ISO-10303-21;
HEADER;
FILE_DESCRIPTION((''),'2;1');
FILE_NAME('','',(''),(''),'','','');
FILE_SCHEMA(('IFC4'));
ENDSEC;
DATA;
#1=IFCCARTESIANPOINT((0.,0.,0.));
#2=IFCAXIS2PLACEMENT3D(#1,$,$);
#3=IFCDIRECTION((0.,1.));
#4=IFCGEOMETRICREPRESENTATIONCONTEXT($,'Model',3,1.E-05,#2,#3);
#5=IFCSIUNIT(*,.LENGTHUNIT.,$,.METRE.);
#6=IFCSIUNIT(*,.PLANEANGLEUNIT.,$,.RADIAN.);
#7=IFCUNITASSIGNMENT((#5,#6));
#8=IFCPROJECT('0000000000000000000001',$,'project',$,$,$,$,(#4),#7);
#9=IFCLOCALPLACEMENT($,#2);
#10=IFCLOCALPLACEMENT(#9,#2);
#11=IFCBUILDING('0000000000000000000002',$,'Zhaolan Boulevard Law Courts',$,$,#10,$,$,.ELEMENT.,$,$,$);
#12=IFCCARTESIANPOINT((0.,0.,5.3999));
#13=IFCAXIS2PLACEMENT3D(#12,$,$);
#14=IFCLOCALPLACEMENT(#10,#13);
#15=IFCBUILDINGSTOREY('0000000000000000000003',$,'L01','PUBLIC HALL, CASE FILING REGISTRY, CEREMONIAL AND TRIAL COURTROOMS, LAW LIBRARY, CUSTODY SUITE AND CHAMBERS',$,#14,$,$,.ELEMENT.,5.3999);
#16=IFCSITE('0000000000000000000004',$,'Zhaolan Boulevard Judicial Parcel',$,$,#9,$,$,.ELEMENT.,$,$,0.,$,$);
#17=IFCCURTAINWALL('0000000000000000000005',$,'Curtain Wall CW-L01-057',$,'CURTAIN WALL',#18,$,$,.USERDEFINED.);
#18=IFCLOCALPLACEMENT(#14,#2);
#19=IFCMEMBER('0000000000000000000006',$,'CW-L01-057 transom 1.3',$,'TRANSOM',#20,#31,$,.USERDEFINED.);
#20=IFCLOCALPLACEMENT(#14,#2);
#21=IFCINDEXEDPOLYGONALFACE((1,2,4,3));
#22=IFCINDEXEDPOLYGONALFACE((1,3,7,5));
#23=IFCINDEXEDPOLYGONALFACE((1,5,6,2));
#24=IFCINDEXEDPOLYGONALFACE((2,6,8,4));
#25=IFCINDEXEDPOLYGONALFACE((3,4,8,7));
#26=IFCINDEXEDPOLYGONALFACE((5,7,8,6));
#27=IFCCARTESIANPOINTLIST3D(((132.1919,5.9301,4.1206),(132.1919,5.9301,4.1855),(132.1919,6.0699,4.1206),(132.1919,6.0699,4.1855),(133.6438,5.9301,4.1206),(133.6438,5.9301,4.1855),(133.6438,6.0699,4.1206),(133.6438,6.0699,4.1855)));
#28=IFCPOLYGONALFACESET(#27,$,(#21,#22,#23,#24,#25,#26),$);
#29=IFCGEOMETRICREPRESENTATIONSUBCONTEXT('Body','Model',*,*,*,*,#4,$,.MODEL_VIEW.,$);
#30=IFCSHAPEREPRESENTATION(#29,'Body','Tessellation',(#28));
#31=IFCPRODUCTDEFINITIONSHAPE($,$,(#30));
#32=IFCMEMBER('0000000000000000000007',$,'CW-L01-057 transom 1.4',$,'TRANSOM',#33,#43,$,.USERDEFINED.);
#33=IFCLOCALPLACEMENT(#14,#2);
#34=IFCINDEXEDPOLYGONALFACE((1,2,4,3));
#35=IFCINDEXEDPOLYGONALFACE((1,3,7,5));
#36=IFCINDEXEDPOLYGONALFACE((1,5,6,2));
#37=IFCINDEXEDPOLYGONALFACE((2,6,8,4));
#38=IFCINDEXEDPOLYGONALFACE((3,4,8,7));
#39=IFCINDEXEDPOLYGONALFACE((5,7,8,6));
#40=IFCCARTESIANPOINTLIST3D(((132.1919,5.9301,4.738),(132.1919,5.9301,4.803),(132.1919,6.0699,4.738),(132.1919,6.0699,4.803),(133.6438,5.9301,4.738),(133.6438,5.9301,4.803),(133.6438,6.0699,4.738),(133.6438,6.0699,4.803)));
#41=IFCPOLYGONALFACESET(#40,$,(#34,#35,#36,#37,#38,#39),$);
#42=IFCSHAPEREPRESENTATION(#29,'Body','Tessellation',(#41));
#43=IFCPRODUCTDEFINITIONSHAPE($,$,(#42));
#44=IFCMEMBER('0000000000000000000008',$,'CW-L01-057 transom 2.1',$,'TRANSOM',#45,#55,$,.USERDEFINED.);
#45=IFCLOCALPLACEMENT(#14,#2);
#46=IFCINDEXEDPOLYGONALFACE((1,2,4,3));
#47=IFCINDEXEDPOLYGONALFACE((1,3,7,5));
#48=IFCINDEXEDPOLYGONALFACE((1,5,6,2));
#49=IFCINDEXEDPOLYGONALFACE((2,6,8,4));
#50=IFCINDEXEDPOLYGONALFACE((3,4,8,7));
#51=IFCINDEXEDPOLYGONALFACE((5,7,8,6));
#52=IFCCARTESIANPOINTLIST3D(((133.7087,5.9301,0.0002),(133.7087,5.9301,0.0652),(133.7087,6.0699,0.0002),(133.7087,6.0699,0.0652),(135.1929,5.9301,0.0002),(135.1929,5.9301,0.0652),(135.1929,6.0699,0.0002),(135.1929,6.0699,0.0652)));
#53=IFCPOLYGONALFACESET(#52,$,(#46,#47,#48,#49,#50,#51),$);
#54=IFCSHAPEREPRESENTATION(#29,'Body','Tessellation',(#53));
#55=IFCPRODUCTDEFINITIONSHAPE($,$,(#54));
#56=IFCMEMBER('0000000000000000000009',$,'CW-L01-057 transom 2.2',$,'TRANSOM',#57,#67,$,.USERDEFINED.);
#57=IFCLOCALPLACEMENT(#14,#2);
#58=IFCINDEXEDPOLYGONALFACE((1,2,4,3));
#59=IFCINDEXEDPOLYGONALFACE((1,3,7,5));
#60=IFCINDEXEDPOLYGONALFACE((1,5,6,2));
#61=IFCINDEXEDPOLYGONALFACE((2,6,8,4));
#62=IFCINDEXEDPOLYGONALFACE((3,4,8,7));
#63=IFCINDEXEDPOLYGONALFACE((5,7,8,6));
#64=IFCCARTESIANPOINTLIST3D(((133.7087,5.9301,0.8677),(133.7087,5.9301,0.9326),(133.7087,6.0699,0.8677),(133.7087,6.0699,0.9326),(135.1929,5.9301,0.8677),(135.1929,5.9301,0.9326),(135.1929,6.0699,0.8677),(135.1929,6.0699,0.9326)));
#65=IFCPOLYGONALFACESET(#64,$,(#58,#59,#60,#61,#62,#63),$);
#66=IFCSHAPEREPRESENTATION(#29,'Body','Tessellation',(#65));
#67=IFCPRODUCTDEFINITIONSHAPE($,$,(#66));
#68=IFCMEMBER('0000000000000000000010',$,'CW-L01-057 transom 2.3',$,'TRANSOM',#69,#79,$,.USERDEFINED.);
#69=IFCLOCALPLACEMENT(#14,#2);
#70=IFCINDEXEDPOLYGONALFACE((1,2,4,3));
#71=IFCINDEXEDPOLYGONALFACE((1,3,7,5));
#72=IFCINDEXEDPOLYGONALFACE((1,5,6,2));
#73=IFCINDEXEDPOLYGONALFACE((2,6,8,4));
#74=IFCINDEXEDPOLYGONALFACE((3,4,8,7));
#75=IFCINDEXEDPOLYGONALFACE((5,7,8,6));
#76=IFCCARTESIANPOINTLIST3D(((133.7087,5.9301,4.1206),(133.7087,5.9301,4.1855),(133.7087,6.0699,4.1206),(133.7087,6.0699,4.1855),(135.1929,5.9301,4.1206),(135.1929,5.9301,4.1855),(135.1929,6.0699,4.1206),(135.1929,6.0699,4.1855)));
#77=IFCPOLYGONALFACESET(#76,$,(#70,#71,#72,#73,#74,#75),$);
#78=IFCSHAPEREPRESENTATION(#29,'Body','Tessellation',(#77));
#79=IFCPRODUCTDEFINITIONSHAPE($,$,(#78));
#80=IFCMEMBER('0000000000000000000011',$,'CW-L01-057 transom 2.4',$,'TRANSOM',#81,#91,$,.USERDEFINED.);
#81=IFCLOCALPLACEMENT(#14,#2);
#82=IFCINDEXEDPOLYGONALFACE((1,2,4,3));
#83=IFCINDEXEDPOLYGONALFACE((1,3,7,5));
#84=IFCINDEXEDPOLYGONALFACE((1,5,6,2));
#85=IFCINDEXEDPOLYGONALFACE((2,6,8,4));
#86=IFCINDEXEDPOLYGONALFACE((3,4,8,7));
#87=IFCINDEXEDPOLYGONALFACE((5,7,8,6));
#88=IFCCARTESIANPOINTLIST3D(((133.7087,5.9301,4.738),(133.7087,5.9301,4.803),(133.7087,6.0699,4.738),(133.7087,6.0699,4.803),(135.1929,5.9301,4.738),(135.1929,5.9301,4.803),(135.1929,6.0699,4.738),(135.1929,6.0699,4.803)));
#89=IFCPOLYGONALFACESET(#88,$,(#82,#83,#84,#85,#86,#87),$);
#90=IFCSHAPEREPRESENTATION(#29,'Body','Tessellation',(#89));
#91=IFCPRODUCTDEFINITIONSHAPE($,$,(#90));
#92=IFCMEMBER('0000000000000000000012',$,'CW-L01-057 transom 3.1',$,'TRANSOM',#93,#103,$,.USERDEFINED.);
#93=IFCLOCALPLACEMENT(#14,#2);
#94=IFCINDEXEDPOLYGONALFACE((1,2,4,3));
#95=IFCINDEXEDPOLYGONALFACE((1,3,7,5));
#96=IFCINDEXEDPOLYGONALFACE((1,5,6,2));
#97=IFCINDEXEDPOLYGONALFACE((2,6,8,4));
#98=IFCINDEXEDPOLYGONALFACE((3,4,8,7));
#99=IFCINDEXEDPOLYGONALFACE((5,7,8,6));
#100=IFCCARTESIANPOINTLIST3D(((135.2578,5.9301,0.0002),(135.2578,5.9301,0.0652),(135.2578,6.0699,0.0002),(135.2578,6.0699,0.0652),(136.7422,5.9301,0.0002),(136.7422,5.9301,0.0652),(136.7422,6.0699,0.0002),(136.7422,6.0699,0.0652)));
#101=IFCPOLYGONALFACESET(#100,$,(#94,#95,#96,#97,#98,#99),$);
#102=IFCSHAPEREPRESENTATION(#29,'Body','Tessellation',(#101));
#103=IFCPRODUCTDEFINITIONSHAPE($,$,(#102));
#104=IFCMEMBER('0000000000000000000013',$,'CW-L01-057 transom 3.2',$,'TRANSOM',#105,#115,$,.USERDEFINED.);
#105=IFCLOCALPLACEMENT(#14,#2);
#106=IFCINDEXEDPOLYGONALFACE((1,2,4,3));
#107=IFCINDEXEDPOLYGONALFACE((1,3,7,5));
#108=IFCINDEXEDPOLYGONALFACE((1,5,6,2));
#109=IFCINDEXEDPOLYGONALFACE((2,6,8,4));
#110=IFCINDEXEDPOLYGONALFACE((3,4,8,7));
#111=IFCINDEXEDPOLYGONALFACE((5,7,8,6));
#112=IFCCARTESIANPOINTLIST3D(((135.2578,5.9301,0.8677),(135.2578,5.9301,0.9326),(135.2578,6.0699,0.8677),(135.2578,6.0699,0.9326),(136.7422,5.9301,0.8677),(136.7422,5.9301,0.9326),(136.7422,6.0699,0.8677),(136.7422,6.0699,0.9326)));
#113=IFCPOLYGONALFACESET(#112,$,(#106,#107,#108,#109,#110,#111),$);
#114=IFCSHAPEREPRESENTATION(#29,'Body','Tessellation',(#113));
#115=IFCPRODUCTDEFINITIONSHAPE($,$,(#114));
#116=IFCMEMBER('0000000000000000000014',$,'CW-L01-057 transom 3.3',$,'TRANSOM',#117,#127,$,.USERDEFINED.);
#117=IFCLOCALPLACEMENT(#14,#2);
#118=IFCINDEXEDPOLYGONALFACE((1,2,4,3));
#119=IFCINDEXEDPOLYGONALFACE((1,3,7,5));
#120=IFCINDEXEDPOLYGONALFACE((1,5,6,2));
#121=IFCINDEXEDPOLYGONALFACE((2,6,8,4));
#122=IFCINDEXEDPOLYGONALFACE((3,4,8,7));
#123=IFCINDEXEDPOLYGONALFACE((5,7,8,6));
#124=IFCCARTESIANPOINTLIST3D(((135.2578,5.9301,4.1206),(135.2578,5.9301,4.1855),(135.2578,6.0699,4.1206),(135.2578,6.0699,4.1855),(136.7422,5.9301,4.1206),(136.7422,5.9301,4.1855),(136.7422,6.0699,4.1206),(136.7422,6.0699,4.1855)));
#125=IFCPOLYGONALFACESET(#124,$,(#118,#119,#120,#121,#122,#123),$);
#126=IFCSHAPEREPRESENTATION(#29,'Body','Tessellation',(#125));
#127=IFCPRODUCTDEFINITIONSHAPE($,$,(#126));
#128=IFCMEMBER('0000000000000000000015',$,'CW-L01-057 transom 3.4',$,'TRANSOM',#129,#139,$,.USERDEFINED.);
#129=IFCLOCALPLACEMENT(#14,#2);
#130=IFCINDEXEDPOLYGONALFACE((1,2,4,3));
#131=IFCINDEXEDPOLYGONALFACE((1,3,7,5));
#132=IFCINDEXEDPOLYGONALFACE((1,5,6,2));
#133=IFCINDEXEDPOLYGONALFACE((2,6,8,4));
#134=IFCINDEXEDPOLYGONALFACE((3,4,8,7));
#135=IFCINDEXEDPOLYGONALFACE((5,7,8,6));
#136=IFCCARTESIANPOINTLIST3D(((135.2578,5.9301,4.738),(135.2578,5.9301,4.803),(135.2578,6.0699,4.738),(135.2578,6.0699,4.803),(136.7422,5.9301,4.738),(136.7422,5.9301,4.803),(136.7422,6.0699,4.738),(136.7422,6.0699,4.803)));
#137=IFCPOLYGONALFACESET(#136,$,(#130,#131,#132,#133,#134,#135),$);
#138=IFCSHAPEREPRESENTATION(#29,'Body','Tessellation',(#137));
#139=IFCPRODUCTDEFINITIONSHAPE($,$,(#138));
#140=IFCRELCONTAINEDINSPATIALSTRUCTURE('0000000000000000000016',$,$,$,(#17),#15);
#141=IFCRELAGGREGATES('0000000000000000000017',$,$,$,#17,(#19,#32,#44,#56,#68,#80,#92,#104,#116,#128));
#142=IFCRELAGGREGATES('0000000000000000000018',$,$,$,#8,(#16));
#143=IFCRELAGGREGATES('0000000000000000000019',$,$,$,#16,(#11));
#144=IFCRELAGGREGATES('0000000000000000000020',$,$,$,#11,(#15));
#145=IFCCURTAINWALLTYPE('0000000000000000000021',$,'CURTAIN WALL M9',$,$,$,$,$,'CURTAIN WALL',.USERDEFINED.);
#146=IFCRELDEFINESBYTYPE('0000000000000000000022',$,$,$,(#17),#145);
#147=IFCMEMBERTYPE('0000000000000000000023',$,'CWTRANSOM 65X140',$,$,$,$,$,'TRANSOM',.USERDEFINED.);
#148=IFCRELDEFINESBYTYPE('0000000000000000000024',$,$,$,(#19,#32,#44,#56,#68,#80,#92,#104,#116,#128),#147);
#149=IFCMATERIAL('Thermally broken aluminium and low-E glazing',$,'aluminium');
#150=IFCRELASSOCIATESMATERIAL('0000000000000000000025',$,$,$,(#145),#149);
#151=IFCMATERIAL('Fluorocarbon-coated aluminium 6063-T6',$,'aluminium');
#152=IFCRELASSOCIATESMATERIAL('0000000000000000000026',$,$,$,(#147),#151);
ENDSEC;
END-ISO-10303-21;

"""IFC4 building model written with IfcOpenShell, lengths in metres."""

from ifc_helpers import new_model, si_unit, direction, frame, origin, origin_2d, place, context, subcontext, project, spatial, rectangle, extrude, material, material_profile, profile_set, type_object, element, aggregate, save


model = new_model("IFC4")

# Units and contexts
model_context = context("Model", 3, precision=1e-05, world=origin(), true_north=direction((0.0, 1.0)))
body_context = subcontext(model_context, "Body", "Model", "MODEL_VIEW")
ifc_project = project(units=[si_unit("LENGTHUNIT", "METRE"), si_unit("PLANEANGLEUNIT", "RADIAN")], contexts=[model_context])

# Site, building, storey
site_placement = place(None, origin())
site = spatial("IfcSite", under=ifc_project, at=site_placement, Name="Zhaolan Boulevard Judicial Parcel", CompositionType="ELEMENT", RefElevation=0.0)
building_placement = place(site_placement, origin())
building = spatial("IfcBuilding", under=site, at=building_placement, Name="Zhaolan Boulevard Law Courts", CompositionType="ELEMENT")
storey_placement = place(building_placement, frame((0.0, 0.0, 5.3999)))
storey = spatial("IfcBuildingStorey", under=building, at=storey_placement, Name="L01", Description="PUBLIC HALL, CASE FILING REGISTRY, CEREMONIAL AND TRIAL COURTROOMS, LAW LIBRARY, CUSTODY SUITE AND CHAMBERS", CompositionType="ELEMENT", Elevation=5.3999)

# Curtain wall
ifc_material_1 = material(Name="Thermally broken aluminium and low-E glazing", Category="aluminium")
curtain_wall_type_1 = type_object("IfcCurtainWallType", Name="CURTAIN WALL M9", ElementType="CURTAIN WALL", PredefinedType="USERDEFINED", material=ifc_material_1)
curtain_wall_1_placement = place(storey_placement, origin())
curtain_wall_1 = element("IfcCurtainWall", 1, at=curtain_wall_1_placement, inside=storey, type_object=curtain_wall_type_1, Name="Curtain Wall CW-L01-057", ObjectType="CURTAIN WALL", PredefinedType="USERDEFINED")

# Members
ifc_material_2 = material(Name="Fluorocarbon-coated aluminium 6063-T6", Category="aluminium")
ifc_material_profile_1 = material_profile(ifc_material_2, rectangle(XDim=0.1399, YDim=0.0649, at=origin_2d()), Name="AL65x140")
ifc_profile_set_1 = profile_set([ifc_material_profile_1], Name="Fluorocarbon-coated aluminium 6063-T6")
member_type_1 = type_object("IfcMemberType", Name="CWTRANSOM 65X140", ElementType="TRANSOM", PredefinedType="USERDEFINED", material=ifc_profile_set_1)
member_1_placement = place(storey_placement, frame((132.1919, 6.0, 4.1531), z_axis=(1.0, 0.0, 0.0), x_axis=(0.0, 1.0, 0.0)))
member_1 = element("IfcMember", 2, at=member_1_placement, type_object=member_type_1, Name="CW-L01-057 transom 1.3", ObjectType="TRANSOM", PredefinedType="USERDEFINED", context=body_context, shape_type="SweptSolid", body=[
    extrude(rectangle(XDim=0.1399, YDim=0.0649, at=origin_2d()), origin(), (0.0, 0.0, 1.0), 1.4519),
])
member_2_placement = place(storey_placement, frame((132.1919, 6.0, 4.7705), z_axis=(1.0, 0.0, 0.0), x_axis=(0.0, 1.0, 0.0)))
member_2 = element("IfcMember", 3, at=member_2_placement, type_object=member_type_1, Name="CW-L01-057 transom 1.4", ObjectType="TRANSOM", PredefinedType="USERDEFINED", context=body_context, shape_type="SweptSolid", body=[
    extrude(rectangle(XDim=0.1399, YDim=0.0649, at=origin_2d()), origin(), (0.0, 0.0, 1.0), 1.4519),
])
member_3_placement = place(storey_placement, frame((133.7087, 6.0, 0.0327), z_axis=(1.0, 0.0, 0.0), x_axis=(0.0, 1.0, 0.0)))
member_3 = element("IfcMember", 4, at=member_3_placement, type_object=member_type_1, Name="CW-L01-057 transom 2.1", ObjectType="TRANSOM", PredefinedType="USERDEFINED", context=body_context, shape_type="SweptSolid", body=[
    extrude(rectangle(XDim=0.1399, YDim=0.0649, at=origin_2d()), origin(), (0.0, 0.0, 1.0), 1.4841),
])
member_4_placement = place(storey_placement, frame((133.7087, 6.0, 0.9001), z_axis=(1.0, 0.0, 0.0), x_axis=(0.0, 1.0, 0.0)))
member_4 = element("IfcMember", 5, at=member_4_placement, type_object=member_type_1, Name="CW-L01-057 transom 2.2", ObjectType="TRANSOM", PredefinedType="USERDEFINED", context=body_context, shape_type="SweptSolid", body=[
    extrude(rectangle(XDim=0.1399, YDim=0.0649, at=origin_2d()), origin(), (0.0, 0.0, 1.0), 1.4841),
])
member_5_placement = place(storey_placement, frame((133.7087, 6.0, 4.1531), z_axis=(1.0, 0.0, 0.0), x_axis=(0.0, 1.0, 0.0)))
member_5 = element("IfcMember", 6, at=member_5_placement, type_object=member_type_1, Name="CW-L01-057 transom 2.3", ObjectType="TRANSOM", PredefinedType="USERDEFINED", context=body_context, shape_type="SweptSolid", body=[
    extrude(rectangle(XDim=0.1399, YDim=0.0649, at=origin_2d()), origin(), (0.0, 0.0, 1.0), 1.4841),
])
member_6_placement = place(storey_placement, frame((133.7087, 6.0, 4.7705), z_axis=(1.0, 0.0, 0.0), x_axis=(0.0, 1.0, 0.0)))
member_6 = element("IfcMember", 7, at=member_6_placement, type_object=member_type_1, Name="CW-L01-057 transom 2.4", ObjectType="TRANSOM", PredefinedType="USERDEFINED", context=body_context, shape_type="SweptSolid", body=[
    extrude(rectangle(XDim=0.1399, YDim=0.0649, at=origin_2d()), origin(), (0.0, 0.0, 1.0), 1.4841),
])
member_7_placement = place(storey_placement, frame((135.2578, 6.0, 0.0327), z_axis=(1.0, 0.0, 0.0), x_axis=(0.0, 1.0, 0.0)))
member_7 = element("IfcMember", 8, at=member_7_placement, type_object=member_type_1, Name="CW-L01-057 transom 3.1", ObjectType="TRANSOM", PredefinedType="USERDEFINED", context=body_context, shape_type="SweptSolid", body=[
    extrude(rectangle(XDim=0.1399, YDim=0.0649, at=origin_2d()), origin(), (0.0, 0.0, 1.0), 1.4844),
])
member_8_placement = place(storey_placement, frame((135.2578, 6.0, 0.9001), z_axis=(1.0, 0.0, 0.0), x_axis=(0.0, 1.0, 0.0)))
member_8 = element("IfcMember", 9, at=member_8_placement, type_object=member_type_1, Name="CW-L01-057 transom 3.2", ObjectType="TRANSOM", PredefinedType="USERDEFINED", context=body_context, shape_type="SweptSolid", body=[
    extrude(rectangle(XDim=0.1399, YDim=0.0649, at=origin_2d()), origin(), (0.0, 0.0, 1.0), 1.4844),
])
member_9_placement = place(storey_placement, frame((135.2578, 6.0, 4.1531), z_axis=(1.0, 0.0, 0.0), x_axis=(0.0, 1.0, 0.0)))
member_9 = element("IfcMember", 10, at=member_9_placement, type_object=member_type_1, Name="CW-L01-057 transom 3.3", ObjectType="TRANSOM", PredefinedType="USERDEFINED", context=body_context, shape_type="SweptSolid", body=[
    extrude(rectangle(XDim=0.1399, YDim=0.0649, at=origin_2d()), origin(), (0.0, 0.0, 1.0), 1.4844),
])
member_10_placement = place(storey_placement, frame((135.2578, 6.0, 4.7705), z_axis=(1.0, 0.0, 0.0), x_axis=(0.0, 1.0, 0.0)))
member_10 = element("IfcMember", 11, at=member_10_placement, type_object=member_type_1, Name="CW-L01-057 transom 3.4", ObjectType="TRANSOM", PredefinedType="USERDEFINED", context=body_context, shape_type="SweptSolid", body=[
    extrude(rectangle(XDim=0.1399, YDim=0.0649, at=origin_2d()), origin(), (0.0, 0.0, 1.0), 1.4844),
])

aggregate(curtain_wall_1, [member_1, member_2, member_3, member_4, member_5, member_6, member_7, member_8, member_9, member_10])

save(model, "model.ifc")
